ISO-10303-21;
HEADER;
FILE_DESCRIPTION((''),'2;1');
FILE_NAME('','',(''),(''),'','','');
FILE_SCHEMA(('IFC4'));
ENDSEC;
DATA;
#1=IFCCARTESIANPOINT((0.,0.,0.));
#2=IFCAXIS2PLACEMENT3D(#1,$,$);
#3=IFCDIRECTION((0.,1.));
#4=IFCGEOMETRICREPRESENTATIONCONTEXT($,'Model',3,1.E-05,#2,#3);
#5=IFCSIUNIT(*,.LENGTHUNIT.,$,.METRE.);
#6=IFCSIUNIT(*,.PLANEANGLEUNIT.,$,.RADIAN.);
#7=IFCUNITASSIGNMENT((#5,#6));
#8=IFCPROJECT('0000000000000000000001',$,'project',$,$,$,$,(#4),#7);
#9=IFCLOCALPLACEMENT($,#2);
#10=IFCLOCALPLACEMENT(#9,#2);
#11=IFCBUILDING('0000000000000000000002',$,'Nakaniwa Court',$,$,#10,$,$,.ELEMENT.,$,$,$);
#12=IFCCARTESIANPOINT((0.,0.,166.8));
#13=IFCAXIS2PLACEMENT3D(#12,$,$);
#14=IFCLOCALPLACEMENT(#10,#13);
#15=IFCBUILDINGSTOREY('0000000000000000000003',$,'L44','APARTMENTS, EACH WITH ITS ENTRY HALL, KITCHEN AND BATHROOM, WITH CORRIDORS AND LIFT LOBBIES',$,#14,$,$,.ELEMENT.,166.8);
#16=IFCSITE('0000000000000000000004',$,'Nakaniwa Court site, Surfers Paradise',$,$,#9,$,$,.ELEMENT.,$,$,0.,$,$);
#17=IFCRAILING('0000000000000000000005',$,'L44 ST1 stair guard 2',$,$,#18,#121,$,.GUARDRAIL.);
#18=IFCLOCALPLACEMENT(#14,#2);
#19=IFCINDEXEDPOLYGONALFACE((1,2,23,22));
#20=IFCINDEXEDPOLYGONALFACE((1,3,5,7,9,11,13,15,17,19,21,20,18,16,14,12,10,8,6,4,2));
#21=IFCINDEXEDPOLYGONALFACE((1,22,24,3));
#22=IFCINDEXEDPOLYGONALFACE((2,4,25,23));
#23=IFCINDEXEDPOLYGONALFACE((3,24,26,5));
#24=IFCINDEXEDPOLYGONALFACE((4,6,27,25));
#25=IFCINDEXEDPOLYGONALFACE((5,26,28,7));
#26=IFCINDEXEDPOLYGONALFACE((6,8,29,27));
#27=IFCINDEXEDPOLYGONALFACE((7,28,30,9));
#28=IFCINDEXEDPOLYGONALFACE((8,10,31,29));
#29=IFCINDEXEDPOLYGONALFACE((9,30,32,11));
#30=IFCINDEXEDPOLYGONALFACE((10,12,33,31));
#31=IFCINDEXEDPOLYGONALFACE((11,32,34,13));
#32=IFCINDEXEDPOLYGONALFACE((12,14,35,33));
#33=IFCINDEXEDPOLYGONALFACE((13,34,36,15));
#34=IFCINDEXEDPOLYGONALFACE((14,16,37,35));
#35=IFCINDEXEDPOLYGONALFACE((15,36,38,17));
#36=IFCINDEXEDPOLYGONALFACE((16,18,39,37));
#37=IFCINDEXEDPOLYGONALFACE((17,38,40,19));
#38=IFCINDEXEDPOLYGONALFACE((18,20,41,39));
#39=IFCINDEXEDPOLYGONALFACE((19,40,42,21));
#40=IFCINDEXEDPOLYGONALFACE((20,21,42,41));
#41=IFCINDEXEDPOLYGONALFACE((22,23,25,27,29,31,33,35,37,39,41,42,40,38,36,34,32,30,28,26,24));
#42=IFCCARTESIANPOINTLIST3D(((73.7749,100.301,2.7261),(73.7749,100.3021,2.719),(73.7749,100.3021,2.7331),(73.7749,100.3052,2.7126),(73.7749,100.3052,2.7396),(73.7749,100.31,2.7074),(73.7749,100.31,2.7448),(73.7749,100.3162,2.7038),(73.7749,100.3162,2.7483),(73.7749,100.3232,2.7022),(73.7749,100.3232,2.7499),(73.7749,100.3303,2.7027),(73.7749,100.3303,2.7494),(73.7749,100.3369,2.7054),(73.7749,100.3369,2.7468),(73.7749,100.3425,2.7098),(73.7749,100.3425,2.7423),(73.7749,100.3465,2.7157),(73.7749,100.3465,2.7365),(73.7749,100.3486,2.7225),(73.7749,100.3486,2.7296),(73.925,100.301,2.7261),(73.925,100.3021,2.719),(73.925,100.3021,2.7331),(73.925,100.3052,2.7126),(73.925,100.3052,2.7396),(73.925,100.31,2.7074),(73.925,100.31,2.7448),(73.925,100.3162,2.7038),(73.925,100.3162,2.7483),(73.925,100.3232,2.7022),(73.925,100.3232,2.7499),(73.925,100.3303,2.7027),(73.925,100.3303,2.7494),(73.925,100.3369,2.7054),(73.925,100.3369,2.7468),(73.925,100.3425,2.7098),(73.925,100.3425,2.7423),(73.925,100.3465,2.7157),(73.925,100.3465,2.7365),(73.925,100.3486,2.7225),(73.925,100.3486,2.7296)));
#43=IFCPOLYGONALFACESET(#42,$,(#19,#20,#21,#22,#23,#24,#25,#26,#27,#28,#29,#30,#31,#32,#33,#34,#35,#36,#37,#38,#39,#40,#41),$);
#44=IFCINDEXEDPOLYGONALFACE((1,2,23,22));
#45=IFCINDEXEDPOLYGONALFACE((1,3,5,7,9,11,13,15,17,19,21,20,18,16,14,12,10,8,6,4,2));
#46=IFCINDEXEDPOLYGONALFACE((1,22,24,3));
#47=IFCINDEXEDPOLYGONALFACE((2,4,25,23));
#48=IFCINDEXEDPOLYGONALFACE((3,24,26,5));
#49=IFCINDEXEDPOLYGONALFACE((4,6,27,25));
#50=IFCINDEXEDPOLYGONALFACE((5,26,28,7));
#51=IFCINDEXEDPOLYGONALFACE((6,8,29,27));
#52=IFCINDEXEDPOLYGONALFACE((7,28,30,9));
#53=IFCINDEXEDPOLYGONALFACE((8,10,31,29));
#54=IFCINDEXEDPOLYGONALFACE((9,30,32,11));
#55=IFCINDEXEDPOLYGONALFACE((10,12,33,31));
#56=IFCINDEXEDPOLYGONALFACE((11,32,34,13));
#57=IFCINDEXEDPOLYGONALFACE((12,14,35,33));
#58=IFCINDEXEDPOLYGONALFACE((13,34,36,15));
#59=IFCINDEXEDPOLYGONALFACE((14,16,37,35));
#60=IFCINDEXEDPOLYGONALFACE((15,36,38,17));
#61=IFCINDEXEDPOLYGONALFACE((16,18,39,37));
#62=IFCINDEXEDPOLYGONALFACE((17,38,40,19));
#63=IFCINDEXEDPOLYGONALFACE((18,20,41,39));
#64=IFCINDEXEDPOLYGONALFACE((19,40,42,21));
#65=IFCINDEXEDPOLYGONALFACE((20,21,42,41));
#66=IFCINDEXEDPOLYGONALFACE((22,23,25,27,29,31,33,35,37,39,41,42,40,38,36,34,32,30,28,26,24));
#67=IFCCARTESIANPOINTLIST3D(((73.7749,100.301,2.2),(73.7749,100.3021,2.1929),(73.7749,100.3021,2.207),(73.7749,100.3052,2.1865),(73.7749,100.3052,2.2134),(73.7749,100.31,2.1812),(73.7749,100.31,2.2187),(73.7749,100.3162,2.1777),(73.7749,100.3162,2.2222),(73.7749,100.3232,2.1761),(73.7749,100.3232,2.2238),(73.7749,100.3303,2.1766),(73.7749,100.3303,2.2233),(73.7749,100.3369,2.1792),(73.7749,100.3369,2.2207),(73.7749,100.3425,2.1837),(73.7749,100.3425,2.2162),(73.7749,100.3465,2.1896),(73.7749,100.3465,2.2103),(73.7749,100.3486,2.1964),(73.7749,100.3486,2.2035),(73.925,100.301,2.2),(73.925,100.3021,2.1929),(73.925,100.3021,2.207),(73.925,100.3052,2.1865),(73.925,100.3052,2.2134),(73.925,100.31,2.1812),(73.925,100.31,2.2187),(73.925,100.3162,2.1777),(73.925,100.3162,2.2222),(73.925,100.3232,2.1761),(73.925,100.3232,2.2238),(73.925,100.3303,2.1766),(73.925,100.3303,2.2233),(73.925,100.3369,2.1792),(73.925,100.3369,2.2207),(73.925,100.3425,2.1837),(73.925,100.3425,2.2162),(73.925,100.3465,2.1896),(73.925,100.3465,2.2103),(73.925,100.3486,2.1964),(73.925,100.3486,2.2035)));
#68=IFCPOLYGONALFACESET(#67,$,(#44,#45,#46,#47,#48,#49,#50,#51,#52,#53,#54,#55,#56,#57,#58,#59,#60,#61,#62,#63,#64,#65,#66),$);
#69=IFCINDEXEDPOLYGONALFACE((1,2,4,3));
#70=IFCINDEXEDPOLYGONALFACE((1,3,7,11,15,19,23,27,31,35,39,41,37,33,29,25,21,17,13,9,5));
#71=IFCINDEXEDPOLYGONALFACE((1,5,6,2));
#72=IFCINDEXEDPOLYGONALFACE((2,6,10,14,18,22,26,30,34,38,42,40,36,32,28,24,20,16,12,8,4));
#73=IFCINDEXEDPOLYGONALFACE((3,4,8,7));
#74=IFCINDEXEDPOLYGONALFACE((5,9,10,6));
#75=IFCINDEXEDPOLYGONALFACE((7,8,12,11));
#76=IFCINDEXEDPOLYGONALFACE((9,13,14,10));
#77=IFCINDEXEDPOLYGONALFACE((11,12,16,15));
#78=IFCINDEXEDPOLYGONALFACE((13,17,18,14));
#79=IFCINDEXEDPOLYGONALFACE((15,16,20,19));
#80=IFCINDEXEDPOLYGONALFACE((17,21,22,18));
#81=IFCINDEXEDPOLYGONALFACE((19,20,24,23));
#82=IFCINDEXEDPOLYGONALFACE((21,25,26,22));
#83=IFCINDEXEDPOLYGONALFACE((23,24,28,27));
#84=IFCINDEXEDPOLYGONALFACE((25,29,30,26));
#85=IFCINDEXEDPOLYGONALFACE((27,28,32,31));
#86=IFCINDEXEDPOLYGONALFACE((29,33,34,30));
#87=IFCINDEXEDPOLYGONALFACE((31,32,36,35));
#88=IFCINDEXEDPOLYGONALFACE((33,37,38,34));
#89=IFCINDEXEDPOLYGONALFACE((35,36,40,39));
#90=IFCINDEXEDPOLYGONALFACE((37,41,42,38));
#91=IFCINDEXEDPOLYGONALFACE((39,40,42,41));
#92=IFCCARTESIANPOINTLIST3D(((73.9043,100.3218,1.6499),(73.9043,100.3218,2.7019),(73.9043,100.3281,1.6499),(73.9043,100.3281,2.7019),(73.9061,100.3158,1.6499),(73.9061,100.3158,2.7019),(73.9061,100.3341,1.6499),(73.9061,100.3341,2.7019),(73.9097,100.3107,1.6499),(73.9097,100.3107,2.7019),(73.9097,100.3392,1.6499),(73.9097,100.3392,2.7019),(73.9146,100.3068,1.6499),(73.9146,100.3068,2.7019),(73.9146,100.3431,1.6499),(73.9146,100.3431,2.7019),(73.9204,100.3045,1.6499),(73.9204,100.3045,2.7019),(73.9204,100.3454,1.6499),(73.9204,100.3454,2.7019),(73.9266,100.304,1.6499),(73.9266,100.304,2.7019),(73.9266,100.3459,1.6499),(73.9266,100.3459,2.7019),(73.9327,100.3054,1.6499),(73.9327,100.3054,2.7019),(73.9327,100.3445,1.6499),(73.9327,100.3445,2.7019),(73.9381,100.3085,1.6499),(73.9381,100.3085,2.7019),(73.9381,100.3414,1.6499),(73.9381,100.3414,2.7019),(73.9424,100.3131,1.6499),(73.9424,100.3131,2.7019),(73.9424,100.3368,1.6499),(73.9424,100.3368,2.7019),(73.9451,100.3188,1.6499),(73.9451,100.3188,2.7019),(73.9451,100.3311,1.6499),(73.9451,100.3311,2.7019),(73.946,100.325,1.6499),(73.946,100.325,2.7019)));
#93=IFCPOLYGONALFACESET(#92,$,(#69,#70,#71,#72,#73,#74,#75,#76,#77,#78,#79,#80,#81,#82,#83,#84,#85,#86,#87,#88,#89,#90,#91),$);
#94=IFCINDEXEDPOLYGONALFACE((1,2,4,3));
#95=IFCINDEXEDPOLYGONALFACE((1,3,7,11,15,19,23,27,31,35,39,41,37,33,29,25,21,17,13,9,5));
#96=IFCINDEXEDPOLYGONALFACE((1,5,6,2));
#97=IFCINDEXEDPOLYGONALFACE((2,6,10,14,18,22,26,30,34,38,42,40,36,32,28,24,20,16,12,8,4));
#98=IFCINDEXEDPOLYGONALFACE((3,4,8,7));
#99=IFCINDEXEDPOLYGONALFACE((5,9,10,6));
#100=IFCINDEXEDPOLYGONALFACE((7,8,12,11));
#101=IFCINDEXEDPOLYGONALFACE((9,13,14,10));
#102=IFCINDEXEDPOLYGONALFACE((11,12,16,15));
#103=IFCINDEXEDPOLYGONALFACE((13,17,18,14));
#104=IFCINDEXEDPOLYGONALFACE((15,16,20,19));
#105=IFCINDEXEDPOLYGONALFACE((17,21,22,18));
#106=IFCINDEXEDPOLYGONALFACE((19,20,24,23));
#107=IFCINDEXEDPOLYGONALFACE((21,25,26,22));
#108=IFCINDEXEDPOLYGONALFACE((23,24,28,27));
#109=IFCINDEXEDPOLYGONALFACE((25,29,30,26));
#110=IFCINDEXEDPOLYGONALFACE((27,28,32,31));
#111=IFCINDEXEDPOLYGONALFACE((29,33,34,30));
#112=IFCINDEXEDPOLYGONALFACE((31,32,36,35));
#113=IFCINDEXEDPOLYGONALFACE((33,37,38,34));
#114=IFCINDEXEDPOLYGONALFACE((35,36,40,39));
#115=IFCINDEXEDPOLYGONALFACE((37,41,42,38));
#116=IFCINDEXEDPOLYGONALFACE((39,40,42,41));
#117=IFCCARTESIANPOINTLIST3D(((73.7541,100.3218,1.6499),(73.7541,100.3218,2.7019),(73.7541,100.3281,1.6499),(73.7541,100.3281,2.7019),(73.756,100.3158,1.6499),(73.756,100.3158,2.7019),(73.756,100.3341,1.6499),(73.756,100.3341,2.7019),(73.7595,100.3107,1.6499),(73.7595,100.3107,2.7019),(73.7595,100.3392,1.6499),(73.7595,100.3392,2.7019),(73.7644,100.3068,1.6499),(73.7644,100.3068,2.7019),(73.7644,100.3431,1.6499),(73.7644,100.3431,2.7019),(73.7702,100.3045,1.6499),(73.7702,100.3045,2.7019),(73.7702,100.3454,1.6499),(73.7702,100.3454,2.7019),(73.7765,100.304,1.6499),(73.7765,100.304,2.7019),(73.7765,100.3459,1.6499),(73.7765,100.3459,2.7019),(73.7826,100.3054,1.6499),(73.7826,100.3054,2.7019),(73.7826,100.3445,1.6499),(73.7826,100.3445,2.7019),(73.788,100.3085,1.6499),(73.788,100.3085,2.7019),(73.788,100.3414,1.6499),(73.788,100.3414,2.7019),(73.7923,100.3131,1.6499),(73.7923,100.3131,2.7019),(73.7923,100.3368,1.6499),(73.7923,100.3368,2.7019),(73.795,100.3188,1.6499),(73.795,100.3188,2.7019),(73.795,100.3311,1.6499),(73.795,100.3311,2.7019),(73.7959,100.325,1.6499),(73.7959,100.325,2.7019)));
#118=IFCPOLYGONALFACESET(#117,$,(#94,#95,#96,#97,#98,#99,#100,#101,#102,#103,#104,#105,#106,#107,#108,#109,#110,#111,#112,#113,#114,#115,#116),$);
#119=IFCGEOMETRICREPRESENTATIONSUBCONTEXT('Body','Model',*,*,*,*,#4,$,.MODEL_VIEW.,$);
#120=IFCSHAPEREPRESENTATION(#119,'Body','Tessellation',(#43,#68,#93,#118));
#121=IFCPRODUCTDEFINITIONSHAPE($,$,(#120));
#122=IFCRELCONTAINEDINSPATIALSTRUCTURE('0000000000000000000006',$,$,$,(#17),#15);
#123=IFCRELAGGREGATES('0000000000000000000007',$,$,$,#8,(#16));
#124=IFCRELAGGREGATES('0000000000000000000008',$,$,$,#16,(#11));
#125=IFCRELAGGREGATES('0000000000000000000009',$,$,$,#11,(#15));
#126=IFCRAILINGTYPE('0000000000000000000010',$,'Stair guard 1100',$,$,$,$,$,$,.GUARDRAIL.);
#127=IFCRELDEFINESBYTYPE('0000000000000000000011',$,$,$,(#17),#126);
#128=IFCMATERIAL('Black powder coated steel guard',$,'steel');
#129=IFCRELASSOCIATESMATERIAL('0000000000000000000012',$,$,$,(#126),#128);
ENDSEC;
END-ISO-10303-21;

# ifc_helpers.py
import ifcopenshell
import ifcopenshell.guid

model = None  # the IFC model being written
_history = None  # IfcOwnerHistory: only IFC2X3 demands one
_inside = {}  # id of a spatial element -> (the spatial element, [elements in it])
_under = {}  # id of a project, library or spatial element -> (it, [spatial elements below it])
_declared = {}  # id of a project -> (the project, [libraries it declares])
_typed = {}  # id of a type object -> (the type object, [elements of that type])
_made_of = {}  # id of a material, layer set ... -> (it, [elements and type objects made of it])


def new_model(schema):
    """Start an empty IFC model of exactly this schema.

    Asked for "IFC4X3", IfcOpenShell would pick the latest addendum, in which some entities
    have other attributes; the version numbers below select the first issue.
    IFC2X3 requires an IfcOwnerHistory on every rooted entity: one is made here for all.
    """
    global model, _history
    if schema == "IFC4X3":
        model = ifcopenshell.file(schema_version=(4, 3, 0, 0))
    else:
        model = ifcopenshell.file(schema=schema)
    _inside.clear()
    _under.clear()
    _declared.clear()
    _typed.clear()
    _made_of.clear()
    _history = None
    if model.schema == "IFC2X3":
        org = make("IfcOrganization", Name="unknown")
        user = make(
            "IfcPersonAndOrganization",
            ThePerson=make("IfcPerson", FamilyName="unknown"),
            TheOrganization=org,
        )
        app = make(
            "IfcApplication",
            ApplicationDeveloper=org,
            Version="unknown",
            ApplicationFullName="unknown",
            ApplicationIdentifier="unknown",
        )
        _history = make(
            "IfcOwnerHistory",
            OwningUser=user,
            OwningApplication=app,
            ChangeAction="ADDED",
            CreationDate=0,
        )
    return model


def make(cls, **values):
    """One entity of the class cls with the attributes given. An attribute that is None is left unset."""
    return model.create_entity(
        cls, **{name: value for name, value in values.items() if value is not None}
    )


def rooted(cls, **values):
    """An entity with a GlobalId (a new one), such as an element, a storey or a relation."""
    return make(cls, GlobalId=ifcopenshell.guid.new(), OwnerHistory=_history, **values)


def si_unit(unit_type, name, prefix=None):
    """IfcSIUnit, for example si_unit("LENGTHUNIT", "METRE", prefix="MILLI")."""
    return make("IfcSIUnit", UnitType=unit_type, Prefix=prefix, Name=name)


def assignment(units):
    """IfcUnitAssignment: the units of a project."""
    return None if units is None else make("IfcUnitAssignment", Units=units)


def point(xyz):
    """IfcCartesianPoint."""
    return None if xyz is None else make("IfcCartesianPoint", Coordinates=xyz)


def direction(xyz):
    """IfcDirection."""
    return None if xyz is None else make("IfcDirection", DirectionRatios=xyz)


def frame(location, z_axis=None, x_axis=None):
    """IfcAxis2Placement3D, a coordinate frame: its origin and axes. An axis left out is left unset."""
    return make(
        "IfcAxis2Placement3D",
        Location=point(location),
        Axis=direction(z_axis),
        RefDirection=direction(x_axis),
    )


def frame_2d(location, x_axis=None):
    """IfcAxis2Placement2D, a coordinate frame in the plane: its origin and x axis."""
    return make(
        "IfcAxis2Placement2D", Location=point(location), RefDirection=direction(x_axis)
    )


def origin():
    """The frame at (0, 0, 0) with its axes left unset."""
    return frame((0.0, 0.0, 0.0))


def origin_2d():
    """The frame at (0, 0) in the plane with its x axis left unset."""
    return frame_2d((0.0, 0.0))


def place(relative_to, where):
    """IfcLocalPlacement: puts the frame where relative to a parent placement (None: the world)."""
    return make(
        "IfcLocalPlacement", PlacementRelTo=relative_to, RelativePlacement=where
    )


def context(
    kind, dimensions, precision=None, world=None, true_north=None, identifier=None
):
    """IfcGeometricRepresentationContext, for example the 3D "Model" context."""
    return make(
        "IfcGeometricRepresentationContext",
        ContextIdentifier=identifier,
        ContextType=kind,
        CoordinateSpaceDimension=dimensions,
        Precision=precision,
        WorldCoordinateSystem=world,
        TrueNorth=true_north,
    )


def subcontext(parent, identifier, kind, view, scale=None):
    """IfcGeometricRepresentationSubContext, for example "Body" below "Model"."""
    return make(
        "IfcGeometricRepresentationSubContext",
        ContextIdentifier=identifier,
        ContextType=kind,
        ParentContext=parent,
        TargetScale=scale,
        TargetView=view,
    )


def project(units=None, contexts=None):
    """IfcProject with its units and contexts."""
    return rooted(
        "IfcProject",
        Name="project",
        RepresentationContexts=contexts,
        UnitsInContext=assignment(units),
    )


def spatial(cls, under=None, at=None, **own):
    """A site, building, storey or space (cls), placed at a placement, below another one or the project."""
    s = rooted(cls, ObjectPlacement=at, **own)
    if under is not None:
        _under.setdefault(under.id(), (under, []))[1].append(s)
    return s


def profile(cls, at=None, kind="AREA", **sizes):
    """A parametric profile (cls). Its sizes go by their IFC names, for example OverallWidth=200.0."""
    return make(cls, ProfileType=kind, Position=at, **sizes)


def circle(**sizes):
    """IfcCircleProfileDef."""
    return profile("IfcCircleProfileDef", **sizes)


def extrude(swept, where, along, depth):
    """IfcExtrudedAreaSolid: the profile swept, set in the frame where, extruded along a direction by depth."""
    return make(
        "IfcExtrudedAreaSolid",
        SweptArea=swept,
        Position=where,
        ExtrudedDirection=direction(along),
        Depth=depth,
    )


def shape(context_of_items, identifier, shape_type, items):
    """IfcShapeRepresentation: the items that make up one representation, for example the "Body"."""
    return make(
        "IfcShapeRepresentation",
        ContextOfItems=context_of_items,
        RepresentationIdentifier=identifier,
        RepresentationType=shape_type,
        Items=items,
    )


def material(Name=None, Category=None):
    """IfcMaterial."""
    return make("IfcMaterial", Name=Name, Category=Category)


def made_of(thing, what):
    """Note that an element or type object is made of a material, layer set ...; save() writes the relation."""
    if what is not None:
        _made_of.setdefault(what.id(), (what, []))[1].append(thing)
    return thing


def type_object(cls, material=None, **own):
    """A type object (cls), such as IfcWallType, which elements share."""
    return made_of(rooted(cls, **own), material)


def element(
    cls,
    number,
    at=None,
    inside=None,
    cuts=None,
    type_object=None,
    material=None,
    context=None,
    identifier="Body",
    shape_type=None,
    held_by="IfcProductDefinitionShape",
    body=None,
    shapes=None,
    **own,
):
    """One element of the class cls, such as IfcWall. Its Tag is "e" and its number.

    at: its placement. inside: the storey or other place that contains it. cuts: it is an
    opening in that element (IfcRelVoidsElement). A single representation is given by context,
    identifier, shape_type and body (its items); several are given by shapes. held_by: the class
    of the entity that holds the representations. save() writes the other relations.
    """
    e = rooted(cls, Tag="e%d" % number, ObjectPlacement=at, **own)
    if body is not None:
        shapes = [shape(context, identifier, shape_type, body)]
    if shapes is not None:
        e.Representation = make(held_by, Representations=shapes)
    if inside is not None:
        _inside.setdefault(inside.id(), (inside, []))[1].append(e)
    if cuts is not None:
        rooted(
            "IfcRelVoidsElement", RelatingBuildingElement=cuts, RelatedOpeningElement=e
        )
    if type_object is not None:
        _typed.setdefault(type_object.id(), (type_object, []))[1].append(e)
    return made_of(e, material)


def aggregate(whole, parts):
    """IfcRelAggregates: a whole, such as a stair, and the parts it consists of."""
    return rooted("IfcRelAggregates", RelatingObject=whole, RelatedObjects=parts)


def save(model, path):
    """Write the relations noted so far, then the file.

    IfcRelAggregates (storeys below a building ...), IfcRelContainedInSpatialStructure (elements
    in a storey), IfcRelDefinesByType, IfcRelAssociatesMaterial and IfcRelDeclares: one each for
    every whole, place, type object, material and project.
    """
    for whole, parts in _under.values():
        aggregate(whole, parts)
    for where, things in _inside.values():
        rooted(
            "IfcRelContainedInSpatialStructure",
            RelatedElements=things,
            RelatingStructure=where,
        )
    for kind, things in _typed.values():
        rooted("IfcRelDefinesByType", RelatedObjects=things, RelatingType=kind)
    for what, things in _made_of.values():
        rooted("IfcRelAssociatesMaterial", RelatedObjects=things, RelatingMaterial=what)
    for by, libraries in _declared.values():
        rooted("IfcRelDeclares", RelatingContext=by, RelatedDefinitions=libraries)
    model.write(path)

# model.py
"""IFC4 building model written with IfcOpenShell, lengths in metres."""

from ifc_helpers import new_model, si_unit, direction, frame, origin, origin_2d, place, context, subcontext, project, spatial, circle, extrude, material, type_object, element, save


model = new_model("IFC4")

# Units and contexts
model_context = context("Model", 3, precision=1e-05, world=origin(), true_north=direction((0.0, 1.0)))
body_context = subcontext(model_context, "Body", "Model", "MODEL_VIEW")
ifc_project = project(units=[si_unit("LENGTHUNIT", "METRE"), si_unit("PLANEANGLEUNIT", "RADIAN")], contexts=[model_context])

# Site, building, storey
site_placement = place(None, origin())
site = spatial("IfcSite", under=ifc_project, at=site_placement, Name="Nakaniwa Court site, Surfers Paradise", CompositionType="ELEMENT", RefElevation=0.0)
building_placement = place(site_placement, origin())
building = spatial("IfcBuilding", under=site, at=building_placement, Name="Nakaniwa Court", CompositionType="ELEMENT")
storey_placement = place(building_placement, frame((0.0, 0.0, 166.8)))
storey = spatial("IfcBuildingStorey", under=building, at=storey_placement, Name="L44", Description="APARTMENTS, EACH WITH ITS ENTRY HALL, KITCHEN AND BATHROOM, WITH CORRIDORS AND LIFT LOBBIES", CompositionType="ELEMENT", Elevation=166.8)

# Railing
ifc_material_1 = material(Name="Black powder coated steel guard", Category="steel")
railing_type_1 = type_object("IfcRailingType", Name="Stair guard 1100", PredefinedType="GUARDRAIL", material=ifc_material_1)
railing_1_placement = place(storey_placement, frame((73.925, 100.325, 1.6499)))
element("IfcRailing", 1, at=railing_1_placement, inside=storey, type_object=railing_type_1, Name="L44 ST1 stair guard 2", PredefinedType="GUARDRAIL", context=body_context, shape_type="SweptSolid", body=[
    extrude(circle(Radius=0.0239, at=origin_2d()), frame((0.0, 0.0, 1.0762), z_axis=(-1.0, 0.0, 0.0), x_axis=(0.0, -1.0, 0.0)), (0.0, 0.0, 1.0), 0.1501),
    extrude(circle(Radius=0.0239, at=origin_2d()), frame((0.0, 0.0, 0.55), z_axis=(-1.0, 0.0, 0.0), x_axis=(0.0, -1.0, 0.0)), (0.0, 0.0, 1.0), 0.1501),
    extrude(circle(Radius=0.021, at=origin_2d()), origin(), (0.0, 0.0, 1.0), 1.052),
    extrude(circle(Radius=0.021, at=origin_2d()), frame((-0.1501, 0.0, 0.0)), (0.0, 0.0, 1.0), 1.052),
])

save(model, "model.ifc")
